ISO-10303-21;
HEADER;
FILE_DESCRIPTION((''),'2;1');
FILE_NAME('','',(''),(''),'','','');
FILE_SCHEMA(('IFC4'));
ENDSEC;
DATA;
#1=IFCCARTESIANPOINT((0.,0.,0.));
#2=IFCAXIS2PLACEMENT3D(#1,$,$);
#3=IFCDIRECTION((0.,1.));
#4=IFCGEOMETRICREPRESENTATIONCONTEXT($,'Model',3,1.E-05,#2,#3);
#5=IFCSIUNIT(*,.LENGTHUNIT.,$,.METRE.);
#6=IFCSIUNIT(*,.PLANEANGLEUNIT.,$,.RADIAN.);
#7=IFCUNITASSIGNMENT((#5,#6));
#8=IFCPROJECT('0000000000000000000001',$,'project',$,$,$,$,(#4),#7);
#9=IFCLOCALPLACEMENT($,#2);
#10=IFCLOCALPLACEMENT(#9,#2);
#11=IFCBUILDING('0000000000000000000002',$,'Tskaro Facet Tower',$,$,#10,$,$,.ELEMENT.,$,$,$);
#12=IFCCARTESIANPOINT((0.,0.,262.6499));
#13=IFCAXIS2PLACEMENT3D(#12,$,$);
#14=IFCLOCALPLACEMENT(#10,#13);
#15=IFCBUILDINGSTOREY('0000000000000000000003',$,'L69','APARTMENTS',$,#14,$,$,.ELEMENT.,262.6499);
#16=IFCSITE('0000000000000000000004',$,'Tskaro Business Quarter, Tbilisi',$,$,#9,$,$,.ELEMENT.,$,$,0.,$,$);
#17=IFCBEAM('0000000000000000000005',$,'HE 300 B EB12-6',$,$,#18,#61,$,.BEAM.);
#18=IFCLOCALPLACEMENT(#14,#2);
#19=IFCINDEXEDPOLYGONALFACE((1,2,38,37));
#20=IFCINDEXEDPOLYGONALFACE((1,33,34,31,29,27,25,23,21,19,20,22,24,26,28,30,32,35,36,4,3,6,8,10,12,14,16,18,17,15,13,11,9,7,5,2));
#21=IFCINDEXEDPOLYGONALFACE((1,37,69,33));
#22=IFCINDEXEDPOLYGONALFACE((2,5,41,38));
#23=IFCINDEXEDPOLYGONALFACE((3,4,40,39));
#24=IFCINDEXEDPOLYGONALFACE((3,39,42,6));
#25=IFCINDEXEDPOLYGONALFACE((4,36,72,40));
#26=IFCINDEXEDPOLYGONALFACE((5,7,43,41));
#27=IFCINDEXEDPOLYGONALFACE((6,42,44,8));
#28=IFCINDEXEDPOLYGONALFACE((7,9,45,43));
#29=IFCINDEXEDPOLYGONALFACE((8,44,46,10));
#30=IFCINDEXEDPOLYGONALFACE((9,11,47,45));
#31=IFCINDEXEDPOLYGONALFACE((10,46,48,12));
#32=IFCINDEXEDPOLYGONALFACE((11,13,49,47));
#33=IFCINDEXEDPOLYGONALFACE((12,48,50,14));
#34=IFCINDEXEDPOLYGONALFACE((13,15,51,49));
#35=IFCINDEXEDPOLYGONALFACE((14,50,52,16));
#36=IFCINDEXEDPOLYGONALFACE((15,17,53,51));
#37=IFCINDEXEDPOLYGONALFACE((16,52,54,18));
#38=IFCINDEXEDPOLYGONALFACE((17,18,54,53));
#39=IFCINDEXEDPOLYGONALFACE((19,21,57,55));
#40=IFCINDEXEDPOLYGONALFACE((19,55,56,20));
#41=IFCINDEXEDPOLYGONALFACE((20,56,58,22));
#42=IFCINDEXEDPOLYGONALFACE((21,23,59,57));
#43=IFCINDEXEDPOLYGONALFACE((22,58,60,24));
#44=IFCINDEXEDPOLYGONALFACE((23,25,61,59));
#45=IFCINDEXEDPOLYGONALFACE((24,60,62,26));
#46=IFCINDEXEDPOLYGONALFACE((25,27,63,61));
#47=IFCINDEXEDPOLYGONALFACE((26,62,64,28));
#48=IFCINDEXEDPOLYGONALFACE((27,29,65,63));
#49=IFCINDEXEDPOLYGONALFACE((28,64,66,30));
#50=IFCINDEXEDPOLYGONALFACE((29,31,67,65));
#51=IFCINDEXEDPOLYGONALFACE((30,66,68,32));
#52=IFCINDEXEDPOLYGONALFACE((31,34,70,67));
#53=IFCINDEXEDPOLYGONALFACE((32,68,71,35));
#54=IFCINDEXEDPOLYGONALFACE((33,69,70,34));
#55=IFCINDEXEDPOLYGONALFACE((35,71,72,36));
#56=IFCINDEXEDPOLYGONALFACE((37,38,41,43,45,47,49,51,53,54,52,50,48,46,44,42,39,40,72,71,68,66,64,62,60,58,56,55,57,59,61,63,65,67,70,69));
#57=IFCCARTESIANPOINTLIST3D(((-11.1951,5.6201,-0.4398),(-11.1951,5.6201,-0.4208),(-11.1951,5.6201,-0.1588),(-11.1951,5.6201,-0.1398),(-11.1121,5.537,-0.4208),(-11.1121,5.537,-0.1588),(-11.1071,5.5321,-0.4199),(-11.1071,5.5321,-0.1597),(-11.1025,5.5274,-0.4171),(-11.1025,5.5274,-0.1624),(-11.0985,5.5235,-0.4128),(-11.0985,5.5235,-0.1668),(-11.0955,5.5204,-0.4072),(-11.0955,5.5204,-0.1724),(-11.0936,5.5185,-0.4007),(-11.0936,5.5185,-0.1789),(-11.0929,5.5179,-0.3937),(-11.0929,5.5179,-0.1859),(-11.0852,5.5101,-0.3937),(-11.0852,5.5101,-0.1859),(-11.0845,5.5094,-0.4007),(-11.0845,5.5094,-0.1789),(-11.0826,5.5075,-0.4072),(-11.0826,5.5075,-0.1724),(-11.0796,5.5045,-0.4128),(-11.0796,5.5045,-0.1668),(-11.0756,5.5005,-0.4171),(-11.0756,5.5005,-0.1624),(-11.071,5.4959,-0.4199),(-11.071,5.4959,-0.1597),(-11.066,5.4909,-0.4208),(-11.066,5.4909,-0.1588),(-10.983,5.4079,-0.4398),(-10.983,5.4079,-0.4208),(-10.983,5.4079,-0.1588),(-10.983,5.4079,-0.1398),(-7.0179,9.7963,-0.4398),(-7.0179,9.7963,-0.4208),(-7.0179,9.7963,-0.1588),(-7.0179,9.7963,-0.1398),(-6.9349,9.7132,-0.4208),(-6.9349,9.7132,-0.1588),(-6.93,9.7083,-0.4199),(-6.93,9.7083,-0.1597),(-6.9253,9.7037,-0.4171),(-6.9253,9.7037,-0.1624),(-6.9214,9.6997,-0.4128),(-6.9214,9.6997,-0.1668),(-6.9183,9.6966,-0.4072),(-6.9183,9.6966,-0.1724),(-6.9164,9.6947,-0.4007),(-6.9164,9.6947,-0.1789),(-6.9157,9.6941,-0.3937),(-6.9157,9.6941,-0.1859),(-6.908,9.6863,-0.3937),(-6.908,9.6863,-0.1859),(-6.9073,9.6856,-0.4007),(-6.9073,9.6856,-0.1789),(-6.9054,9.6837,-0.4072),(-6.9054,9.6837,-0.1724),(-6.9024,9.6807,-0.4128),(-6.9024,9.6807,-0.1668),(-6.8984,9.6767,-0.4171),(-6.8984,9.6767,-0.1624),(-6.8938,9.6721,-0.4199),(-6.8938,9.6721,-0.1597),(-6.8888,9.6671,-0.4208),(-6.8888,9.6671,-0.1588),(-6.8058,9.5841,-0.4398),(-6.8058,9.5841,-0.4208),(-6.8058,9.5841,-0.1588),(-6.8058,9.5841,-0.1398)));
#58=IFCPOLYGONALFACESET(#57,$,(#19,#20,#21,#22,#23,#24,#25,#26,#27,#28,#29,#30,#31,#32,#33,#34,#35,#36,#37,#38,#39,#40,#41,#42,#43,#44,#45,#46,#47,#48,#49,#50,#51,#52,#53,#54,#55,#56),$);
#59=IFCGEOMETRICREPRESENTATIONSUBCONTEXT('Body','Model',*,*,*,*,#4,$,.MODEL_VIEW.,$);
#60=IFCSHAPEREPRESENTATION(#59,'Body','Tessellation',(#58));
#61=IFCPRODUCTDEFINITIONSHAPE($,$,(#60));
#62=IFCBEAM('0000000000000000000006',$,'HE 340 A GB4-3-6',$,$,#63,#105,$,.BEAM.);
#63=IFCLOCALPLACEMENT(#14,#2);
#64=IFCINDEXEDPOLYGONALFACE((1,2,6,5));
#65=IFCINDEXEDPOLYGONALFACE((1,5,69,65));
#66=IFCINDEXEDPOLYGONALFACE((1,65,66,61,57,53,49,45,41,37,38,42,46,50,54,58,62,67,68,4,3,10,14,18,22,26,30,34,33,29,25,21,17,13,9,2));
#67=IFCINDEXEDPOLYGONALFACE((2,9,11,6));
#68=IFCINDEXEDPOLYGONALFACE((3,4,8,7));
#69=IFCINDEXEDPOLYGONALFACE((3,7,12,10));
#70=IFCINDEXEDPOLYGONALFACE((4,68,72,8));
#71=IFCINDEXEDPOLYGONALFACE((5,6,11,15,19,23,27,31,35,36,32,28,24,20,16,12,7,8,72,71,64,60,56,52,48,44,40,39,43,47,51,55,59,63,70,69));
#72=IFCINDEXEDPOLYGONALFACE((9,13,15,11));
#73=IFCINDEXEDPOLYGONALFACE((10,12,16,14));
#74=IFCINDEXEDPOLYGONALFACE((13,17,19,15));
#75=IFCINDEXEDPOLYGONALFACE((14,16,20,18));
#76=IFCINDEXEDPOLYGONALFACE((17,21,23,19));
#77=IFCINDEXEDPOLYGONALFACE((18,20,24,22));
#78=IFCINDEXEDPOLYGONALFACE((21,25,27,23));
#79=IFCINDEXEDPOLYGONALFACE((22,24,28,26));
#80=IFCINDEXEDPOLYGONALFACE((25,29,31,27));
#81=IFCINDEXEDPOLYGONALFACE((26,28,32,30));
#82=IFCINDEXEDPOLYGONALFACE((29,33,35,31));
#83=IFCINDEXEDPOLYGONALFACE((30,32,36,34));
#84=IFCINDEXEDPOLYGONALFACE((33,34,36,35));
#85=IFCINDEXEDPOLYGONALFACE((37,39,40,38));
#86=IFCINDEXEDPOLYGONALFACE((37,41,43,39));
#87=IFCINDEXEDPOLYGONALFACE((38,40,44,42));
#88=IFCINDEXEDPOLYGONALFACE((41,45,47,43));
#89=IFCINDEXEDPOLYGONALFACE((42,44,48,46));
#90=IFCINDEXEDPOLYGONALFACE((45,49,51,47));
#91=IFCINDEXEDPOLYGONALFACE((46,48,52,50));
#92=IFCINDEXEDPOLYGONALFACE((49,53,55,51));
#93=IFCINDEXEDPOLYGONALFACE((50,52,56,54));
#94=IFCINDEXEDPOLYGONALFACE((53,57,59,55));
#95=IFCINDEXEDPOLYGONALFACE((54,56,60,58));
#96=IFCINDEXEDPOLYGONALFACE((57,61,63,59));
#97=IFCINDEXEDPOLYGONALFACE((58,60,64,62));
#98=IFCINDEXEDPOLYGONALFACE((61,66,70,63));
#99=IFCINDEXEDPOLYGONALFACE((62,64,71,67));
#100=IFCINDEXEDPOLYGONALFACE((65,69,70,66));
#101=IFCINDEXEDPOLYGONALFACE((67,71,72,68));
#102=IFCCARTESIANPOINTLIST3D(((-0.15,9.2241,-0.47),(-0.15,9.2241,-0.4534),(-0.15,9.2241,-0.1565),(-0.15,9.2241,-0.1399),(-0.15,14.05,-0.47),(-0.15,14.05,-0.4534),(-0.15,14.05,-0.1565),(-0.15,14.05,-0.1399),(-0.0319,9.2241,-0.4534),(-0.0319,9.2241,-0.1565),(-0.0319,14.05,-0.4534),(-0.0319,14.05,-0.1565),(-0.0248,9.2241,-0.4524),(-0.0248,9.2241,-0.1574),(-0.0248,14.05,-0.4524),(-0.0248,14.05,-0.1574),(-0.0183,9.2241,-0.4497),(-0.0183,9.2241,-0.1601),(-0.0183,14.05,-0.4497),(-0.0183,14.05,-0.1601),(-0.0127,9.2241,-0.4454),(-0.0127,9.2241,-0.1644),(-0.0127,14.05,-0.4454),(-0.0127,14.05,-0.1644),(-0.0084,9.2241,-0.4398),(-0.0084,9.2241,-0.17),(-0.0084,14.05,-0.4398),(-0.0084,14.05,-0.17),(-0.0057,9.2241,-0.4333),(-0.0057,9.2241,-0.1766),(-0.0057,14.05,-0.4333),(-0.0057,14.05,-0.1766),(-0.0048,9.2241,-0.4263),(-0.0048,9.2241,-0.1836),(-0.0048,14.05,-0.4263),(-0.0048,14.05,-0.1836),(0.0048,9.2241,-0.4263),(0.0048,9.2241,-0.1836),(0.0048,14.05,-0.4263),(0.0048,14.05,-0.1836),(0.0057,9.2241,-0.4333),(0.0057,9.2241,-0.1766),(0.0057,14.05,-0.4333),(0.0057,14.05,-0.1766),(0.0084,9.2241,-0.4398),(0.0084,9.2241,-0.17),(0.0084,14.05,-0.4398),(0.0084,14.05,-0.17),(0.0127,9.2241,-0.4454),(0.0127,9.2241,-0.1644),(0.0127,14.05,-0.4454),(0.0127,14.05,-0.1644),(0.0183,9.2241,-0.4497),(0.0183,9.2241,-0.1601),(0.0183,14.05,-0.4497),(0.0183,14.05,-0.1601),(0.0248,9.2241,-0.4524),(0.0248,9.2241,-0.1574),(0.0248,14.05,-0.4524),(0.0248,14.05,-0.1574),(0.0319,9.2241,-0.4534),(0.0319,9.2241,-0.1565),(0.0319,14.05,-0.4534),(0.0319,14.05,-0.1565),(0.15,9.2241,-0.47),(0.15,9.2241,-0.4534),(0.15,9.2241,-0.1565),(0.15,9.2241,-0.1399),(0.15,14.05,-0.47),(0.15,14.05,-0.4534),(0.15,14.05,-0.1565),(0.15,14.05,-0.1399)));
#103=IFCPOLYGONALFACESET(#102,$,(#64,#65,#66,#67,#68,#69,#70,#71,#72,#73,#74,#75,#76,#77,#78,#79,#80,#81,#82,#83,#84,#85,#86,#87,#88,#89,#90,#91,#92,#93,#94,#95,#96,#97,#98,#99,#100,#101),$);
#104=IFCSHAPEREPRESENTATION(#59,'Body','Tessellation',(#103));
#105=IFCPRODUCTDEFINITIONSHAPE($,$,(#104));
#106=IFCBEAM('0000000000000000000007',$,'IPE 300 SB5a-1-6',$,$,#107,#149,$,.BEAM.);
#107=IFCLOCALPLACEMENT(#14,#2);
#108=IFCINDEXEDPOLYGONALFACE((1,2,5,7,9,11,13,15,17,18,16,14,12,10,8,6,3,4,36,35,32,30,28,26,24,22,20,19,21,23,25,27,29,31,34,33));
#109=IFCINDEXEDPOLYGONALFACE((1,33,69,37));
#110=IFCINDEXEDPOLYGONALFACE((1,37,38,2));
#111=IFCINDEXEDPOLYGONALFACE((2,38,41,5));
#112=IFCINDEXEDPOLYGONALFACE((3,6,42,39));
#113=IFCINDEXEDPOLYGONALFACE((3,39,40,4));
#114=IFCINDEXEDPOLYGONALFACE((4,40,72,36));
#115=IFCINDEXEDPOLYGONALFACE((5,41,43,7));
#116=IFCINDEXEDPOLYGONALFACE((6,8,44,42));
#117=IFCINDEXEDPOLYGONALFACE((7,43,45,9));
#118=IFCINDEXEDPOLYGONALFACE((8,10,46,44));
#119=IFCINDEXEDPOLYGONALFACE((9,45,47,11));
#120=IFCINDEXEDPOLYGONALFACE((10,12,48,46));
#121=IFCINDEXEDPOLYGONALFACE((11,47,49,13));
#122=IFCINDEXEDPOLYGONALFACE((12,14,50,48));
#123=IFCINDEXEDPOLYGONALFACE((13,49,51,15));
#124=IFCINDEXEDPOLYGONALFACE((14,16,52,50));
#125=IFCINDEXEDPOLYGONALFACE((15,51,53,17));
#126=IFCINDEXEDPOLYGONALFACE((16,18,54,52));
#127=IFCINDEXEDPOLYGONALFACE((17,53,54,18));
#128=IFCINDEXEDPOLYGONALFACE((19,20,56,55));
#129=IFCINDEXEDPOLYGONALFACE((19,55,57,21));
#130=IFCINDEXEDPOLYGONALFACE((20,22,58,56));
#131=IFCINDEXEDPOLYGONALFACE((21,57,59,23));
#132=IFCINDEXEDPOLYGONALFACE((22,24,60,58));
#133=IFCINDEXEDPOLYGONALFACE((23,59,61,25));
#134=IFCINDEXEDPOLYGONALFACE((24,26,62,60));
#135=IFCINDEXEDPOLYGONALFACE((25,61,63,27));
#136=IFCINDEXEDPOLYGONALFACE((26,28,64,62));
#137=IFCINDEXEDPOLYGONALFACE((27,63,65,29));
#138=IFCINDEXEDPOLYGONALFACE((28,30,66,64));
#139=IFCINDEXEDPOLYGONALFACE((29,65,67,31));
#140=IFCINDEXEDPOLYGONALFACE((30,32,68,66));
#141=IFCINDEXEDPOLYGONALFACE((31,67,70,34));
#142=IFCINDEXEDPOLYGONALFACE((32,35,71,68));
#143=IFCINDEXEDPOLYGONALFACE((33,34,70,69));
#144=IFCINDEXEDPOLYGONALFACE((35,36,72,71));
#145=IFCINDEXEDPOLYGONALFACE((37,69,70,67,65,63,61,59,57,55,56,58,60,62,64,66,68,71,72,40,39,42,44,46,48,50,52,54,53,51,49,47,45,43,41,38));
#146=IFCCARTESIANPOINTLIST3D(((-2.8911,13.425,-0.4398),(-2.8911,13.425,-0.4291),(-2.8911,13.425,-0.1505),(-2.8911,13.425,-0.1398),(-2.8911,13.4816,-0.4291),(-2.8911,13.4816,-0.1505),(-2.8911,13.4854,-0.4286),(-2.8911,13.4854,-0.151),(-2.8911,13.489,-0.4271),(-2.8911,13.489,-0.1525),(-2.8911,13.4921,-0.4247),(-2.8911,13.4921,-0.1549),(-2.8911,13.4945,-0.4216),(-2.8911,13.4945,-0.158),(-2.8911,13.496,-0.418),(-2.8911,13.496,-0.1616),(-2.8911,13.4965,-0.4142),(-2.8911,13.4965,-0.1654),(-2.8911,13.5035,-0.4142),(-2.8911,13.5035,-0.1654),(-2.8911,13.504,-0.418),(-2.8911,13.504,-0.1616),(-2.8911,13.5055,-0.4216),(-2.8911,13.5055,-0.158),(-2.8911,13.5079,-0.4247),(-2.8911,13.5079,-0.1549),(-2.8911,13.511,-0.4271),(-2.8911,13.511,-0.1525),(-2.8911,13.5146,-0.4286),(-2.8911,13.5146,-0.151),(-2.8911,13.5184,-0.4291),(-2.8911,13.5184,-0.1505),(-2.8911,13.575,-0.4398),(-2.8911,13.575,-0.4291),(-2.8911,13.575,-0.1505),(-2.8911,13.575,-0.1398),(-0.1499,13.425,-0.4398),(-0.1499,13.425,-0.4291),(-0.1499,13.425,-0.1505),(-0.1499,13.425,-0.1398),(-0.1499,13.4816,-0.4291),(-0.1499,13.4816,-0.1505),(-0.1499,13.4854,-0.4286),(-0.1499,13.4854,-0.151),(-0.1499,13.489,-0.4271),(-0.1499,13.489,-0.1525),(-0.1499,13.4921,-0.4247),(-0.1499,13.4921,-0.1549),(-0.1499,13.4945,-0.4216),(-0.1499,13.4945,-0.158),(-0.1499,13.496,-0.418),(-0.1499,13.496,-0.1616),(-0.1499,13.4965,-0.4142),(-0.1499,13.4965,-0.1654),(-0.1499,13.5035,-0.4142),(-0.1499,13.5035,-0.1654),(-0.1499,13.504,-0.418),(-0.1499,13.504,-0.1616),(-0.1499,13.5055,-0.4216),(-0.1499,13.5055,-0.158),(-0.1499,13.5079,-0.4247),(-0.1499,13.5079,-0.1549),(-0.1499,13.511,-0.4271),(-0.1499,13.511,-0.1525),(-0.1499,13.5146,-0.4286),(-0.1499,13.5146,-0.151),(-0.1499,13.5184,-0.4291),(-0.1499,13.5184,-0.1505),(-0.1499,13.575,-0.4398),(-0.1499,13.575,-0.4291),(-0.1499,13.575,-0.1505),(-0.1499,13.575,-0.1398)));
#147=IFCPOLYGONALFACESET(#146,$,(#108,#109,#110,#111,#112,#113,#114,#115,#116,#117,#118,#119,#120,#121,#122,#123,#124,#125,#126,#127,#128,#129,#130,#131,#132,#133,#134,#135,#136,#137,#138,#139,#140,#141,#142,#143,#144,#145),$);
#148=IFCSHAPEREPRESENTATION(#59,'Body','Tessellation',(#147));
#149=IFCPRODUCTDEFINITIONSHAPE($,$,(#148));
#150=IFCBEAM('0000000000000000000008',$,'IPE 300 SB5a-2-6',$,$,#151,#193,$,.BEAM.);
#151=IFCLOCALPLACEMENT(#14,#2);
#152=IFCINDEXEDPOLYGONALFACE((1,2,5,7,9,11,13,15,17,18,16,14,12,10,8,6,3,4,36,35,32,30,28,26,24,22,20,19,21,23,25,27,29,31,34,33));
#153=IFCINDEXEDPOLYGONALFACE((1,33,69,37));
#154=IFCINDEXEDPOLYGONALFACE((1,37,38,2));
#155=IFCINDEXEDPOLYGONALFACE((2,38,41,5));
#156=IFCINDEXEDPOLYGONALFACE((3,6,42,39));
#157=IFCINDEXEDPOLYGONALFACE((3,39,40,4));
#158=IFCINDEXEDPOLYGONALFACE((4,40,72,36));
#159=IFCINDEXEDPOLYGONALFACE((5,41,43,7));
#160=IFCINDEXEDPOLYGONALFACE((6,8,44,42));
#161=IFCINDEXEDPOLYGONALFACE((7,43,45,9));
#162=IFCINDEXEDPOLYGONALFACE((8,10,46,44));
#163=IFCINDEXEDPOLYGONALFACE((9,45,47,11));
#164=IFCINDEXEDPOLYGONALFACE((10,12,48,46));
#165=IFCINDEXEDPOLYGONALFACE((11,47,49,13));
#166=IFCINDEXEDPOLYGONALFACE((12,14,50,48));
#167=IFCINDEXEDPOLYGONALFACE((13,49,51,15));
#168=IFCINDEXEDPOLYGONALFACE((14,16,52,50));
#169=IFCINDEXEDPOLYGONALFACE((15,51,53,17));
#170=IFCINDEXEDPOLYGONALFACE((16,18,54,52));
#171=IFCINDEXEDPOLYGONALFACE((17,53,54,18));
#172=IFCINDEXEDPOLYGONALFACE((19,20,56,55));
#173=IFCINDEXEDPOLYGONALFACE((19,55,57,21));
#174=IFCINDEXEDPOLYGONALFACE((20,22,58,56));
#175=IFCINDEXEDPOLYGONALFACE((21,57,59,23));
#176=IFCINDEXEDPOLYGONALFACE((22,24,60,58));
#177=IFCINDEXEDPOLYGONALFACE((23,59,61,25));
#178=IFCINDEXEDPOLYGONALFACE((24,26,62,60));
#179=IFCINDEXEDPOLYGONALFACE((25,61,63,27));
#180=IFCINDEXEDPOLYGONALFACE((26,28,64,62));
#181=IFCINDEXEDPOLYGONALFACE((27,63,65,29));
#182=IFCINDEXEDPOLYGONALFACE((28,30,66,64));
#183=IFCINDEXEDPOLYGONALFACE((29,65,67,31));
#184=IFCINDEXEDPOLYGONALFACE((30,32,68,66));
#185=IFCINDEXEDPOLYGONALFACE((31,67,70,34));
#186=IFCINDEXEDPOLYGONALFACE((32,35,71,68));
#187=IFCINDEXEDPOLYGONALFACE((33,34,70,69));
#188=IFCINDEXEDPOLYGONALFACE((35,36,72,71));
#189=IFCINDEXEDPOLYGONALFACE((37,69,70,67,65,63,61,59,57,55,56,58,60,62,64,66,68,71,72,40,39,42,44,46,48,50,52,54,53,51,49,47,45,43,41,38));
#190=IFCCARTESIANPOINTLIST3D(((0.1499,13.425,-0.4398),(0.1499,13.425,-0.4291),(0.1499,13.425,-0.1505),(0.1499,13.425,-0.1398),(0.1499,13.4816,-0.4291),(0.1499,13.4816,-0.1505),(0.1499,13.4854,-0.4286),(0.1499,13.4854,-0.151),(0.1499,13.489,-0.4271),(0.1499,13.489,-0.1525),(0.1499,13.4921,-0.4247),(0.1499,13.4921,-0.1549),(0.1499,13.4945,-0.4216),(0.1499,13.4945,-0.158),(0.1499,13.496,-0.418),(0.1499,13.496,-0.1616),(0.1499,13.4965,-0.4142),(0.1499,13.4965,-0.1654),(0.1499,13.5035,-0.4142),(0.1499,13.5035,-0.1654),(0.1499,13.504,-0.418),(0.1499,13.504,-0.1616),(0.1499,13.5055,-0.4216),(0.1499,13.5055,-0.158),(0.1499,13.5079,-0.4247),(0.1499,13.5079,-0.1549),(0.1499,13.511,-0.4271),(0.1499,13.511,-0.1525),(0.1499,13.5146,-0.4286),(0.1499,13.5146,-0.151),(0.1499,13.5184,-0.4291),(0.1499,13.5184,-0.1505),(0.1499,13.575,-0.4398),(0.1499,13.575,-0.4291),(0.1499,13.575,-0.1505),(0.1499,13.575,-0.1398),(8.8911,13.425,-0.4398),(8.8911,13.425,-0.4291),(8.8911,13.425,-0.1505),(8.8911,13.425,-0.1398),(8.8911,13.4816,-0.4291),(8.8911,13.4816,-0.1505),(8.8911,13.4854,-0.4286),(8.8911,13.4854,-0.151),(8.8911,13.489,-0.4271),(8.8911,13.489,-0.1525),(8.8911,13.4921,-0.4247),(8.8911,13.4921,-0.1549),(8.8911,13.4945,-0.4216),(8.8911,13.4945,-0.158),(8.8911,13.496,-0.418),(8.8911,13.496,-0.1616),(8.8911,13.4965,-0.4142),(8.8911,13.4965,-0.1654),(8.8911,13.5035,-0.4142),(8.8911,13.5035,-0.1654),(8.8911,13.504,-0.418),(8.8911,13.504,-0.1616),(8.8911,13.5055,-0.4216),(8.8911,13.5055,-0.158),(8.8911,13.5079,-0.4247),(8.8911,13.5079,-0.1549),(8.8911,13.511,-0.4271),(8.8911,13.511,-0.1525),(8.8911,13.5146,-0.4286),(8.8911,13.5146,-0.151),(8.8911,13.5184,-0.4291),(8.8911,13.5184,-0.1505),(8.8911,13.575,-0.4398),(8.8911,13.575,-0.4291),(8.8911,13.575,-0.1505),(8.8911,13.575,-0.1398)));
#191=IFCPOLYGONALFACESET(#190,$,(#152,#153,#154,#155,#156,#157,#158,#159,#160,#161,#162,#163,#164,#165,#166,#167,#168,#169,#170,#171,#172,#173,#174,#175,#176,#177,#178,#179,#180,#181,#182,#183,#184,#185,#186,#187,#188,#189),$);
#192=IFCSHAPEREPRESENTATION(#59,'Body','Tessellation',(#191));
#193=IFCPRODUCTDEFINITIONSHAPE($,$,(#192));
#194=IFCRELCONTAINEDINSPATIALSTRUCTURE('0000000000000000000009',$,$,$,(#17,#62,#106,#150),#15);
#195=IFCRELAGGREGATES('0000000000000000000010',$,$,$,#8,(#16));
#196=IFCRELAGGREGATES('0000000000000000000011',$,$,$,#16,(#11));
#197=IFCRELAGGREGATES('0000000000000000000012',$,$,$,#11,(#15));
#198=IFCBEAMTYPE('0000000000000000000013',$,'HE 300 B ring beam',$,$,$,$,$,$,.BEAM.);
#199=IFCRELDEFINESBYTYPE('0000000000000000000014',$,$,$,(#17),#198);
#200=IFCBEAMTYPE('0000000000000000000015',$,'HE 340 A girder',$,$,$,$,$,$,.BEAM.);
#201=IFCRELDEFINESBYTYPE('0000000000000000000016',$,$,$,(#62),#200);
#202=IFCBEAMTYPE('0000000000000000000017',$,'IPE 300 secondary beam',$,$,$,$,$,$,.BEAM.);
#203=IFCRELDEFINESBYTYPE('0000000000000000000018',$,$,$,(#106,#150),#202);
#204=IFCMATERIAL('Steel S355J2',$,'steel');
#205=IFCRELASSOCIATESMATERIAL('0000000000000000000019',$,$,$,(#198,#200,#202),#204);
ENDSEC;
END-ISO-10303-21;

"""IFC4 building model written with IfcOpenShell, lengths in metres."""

from ifc_helpers import new_model, si_unit, direction, frame, origin, origin_2d, place, context, subcontext, project, spatial, i_section, extrude, material, material_profile, profile_set, type_object, element, save


model = new_model("IFC4")

# Units and contexts
model_context = context("Model", 3, precision=1e-05, world=origin(), true_north=direction((0.0, 1.0)))
body_context = subcontext(model_context, "Body", "Model", "MODEL_VIEW")
ifc_project = project(units=[si_unit("LENGTHUNIT", "METRE"), si_unit("PLANEANGLEUNIT", "RADIAN")], contexts=[model_context])

# Site, building, storey
site_placement = place(None, origin())
site = spatial("IfcSite", under=ifc_project, at=site_placement, Name="Tskaro Business Quarter, Tbilisi", CompositionType="ELEMENT", RefElevation=0.0)
building_placement = place(site_placement, origin())
building = spatial("IfcBuilding", under=site, at=building_placement, Name="Tskaro Facet Tower", CompositionType="ELEMENT")
storey_placement = place(building_placement, frame((0.0, 0.0, 262.6499)))
storey = spatial("IfcBuildingStorey", under=building, at=storey_placement, Name="L69", Description="APARTMENTS", CompositionType="ELEMENT", Elevation=262.6499)

# Shared definitions
ifc_material_1 = material(Name="Steel S355J2", Category="steel")

# Beams
ifc_material_profile_1 = material_profile(ifc_material_1, i_section(OverallWidth=0.3, OverallDepth=0.3, WebThickness=0.011, FlangeThickness=0.019, FilletRadius=0.0271, at=origin_2d()), Name="HE 300 B")
ifc_profile_set_1 = profile_set([ifc_material_profile_1], Name="Steel S355J2")
beam_type_1 = type_object("IfcBeamType", Name="HE 300 B ring beam", PredefinedType="BEAM", material=ifc_profile_set_1)
for number, where, z_axis, x_axis, name in (
    (1, (-6.9119, 9.6902, -0.2898), (-0.707189, -0.707024, 0.0), (0.707024, -0.707189, 0.0), "HE 300 B EB12-6"),
):
    element("IfcBeam", number, at=place(storey_placement, frame(where, z_axis=z_axis, x_axis=x_axis)), inside=storey, type_object=beam_type_1, Name=name, PredefinedType="BEAM", context=body_context, shape_type="SweptSolid", body=[
        extrude(i_section(OverallWidth=0.3, OverallDepth=0.3, WebThickness=0.011, FlangeThickness=0.019, FilletRadius=0.0271, at=origin_2d()), origin(), (0.0, 0.0, 1.0), 5.9067),
    ])
ifc_material_profile_2 = material_profile(ifc_material_1, i_section(OverallWidth=0.3, OverallDepth=0.3301, WebThickness=0.0095, FlangeThickness=0.0166, FilletRadius=0.0271, at=origin_2d()), Name="HE 340 A")
ifc_profile_set_2 = profile_set([ifc_material_profile_2], Name="Steel S355J2")
beam_type_2 = type_object("IfcBeamType", Name="HE 340 A girder", PredefinedType="BEAM", material=ifc_profile_set_2)
beam_1_placement = place(storey_placement, frame((0.0, 9.2241, -0.3049), z_axis=(0.0, 1.0, 0.0), x_axis=(-1.0, 0.0, 0.0)))
element("IfcBeam", 2, at=beam_1_placement, inside=storey, type_object=beam_type_2, Name="HE 340 A GB4-3-6", PredefinedType="BEAM", context=body_context, shape_type="SweptSolid", body=[
    extrude(i_section(OverallWidth=0.3, OverallDepth=0.3301, WebThickness=0.0095, FlangeThickness=0.0166, FilletRadius=0.0271, at=origin_2d()), origin(), (0.0, 0.0, 1.0), 4.8259),
])
ifc_material_profile_3 = material_profile(ifc_material_1, i_section(OverallWidth=0.1499, OverallDepth=0.3, WebThickness=0.0071, FlangeThickness=0.0107, FilletRadius=0.0149, at=origin_2d()), Name="IPE 300")
ifc_profile_set_3 = profile_set([ifc_material_profile_3], Name="Steel S355J2")
beam_type_3 = type_object("IfcBeamType", Name="IPE 300 secondary beam", PredefinedType="BEAM", material=ifc_profile_set_3)
beam_2_placement = place(storey_placement, frame((-2.8911, 13.5, -0.2898), z_axis=(1.0, 0.0, 0.0), x_axis=(0.0, 1.0, 0.0)))
element("IfcBeam", 3, at=beam_2_placement, inside=storey, type_object=beam_type_3, Name="IPE 300 SB5a-1-6", PredefinedType="BEAM", context=body_context, shape_type="SweptSolid", body=[
    extrude(i_section(OverallWidth=0.1499, OverallDepth=0.3, WebThickness=0.0071, FlangeThickness=0.0107, FilletRadius=0.0149, at=origin_2d()), origin(), (0.0, 0.0, 1.0), 2.7412),
])
beam_3_placement = place(storey_placement, frame((0.1499, 13.5, -0.2898), z_axis=(1.0, 0.0, 0.0), x_axis=(0.0, 1.0, 0.0)))
element("IfcBeam", 4, at=beam_3_placement, inside=storey, type_object=beam_type_3, Name="IPE 300 SB5a-2-6", PredefinedType="BEAM", context=body_context, shape_type="SweptSolid", body=[
    extrude(i_section(OverallWidth=0.1499, OverallDepth=0.3, WebThickness=0.0071, FlangeThickness=0.0107, FilletRadius=0.0149, at=origin_2d()), origin(), (0.0, 0.0, 1.0), 8.7412),
])

save(model, "model.ifc")
